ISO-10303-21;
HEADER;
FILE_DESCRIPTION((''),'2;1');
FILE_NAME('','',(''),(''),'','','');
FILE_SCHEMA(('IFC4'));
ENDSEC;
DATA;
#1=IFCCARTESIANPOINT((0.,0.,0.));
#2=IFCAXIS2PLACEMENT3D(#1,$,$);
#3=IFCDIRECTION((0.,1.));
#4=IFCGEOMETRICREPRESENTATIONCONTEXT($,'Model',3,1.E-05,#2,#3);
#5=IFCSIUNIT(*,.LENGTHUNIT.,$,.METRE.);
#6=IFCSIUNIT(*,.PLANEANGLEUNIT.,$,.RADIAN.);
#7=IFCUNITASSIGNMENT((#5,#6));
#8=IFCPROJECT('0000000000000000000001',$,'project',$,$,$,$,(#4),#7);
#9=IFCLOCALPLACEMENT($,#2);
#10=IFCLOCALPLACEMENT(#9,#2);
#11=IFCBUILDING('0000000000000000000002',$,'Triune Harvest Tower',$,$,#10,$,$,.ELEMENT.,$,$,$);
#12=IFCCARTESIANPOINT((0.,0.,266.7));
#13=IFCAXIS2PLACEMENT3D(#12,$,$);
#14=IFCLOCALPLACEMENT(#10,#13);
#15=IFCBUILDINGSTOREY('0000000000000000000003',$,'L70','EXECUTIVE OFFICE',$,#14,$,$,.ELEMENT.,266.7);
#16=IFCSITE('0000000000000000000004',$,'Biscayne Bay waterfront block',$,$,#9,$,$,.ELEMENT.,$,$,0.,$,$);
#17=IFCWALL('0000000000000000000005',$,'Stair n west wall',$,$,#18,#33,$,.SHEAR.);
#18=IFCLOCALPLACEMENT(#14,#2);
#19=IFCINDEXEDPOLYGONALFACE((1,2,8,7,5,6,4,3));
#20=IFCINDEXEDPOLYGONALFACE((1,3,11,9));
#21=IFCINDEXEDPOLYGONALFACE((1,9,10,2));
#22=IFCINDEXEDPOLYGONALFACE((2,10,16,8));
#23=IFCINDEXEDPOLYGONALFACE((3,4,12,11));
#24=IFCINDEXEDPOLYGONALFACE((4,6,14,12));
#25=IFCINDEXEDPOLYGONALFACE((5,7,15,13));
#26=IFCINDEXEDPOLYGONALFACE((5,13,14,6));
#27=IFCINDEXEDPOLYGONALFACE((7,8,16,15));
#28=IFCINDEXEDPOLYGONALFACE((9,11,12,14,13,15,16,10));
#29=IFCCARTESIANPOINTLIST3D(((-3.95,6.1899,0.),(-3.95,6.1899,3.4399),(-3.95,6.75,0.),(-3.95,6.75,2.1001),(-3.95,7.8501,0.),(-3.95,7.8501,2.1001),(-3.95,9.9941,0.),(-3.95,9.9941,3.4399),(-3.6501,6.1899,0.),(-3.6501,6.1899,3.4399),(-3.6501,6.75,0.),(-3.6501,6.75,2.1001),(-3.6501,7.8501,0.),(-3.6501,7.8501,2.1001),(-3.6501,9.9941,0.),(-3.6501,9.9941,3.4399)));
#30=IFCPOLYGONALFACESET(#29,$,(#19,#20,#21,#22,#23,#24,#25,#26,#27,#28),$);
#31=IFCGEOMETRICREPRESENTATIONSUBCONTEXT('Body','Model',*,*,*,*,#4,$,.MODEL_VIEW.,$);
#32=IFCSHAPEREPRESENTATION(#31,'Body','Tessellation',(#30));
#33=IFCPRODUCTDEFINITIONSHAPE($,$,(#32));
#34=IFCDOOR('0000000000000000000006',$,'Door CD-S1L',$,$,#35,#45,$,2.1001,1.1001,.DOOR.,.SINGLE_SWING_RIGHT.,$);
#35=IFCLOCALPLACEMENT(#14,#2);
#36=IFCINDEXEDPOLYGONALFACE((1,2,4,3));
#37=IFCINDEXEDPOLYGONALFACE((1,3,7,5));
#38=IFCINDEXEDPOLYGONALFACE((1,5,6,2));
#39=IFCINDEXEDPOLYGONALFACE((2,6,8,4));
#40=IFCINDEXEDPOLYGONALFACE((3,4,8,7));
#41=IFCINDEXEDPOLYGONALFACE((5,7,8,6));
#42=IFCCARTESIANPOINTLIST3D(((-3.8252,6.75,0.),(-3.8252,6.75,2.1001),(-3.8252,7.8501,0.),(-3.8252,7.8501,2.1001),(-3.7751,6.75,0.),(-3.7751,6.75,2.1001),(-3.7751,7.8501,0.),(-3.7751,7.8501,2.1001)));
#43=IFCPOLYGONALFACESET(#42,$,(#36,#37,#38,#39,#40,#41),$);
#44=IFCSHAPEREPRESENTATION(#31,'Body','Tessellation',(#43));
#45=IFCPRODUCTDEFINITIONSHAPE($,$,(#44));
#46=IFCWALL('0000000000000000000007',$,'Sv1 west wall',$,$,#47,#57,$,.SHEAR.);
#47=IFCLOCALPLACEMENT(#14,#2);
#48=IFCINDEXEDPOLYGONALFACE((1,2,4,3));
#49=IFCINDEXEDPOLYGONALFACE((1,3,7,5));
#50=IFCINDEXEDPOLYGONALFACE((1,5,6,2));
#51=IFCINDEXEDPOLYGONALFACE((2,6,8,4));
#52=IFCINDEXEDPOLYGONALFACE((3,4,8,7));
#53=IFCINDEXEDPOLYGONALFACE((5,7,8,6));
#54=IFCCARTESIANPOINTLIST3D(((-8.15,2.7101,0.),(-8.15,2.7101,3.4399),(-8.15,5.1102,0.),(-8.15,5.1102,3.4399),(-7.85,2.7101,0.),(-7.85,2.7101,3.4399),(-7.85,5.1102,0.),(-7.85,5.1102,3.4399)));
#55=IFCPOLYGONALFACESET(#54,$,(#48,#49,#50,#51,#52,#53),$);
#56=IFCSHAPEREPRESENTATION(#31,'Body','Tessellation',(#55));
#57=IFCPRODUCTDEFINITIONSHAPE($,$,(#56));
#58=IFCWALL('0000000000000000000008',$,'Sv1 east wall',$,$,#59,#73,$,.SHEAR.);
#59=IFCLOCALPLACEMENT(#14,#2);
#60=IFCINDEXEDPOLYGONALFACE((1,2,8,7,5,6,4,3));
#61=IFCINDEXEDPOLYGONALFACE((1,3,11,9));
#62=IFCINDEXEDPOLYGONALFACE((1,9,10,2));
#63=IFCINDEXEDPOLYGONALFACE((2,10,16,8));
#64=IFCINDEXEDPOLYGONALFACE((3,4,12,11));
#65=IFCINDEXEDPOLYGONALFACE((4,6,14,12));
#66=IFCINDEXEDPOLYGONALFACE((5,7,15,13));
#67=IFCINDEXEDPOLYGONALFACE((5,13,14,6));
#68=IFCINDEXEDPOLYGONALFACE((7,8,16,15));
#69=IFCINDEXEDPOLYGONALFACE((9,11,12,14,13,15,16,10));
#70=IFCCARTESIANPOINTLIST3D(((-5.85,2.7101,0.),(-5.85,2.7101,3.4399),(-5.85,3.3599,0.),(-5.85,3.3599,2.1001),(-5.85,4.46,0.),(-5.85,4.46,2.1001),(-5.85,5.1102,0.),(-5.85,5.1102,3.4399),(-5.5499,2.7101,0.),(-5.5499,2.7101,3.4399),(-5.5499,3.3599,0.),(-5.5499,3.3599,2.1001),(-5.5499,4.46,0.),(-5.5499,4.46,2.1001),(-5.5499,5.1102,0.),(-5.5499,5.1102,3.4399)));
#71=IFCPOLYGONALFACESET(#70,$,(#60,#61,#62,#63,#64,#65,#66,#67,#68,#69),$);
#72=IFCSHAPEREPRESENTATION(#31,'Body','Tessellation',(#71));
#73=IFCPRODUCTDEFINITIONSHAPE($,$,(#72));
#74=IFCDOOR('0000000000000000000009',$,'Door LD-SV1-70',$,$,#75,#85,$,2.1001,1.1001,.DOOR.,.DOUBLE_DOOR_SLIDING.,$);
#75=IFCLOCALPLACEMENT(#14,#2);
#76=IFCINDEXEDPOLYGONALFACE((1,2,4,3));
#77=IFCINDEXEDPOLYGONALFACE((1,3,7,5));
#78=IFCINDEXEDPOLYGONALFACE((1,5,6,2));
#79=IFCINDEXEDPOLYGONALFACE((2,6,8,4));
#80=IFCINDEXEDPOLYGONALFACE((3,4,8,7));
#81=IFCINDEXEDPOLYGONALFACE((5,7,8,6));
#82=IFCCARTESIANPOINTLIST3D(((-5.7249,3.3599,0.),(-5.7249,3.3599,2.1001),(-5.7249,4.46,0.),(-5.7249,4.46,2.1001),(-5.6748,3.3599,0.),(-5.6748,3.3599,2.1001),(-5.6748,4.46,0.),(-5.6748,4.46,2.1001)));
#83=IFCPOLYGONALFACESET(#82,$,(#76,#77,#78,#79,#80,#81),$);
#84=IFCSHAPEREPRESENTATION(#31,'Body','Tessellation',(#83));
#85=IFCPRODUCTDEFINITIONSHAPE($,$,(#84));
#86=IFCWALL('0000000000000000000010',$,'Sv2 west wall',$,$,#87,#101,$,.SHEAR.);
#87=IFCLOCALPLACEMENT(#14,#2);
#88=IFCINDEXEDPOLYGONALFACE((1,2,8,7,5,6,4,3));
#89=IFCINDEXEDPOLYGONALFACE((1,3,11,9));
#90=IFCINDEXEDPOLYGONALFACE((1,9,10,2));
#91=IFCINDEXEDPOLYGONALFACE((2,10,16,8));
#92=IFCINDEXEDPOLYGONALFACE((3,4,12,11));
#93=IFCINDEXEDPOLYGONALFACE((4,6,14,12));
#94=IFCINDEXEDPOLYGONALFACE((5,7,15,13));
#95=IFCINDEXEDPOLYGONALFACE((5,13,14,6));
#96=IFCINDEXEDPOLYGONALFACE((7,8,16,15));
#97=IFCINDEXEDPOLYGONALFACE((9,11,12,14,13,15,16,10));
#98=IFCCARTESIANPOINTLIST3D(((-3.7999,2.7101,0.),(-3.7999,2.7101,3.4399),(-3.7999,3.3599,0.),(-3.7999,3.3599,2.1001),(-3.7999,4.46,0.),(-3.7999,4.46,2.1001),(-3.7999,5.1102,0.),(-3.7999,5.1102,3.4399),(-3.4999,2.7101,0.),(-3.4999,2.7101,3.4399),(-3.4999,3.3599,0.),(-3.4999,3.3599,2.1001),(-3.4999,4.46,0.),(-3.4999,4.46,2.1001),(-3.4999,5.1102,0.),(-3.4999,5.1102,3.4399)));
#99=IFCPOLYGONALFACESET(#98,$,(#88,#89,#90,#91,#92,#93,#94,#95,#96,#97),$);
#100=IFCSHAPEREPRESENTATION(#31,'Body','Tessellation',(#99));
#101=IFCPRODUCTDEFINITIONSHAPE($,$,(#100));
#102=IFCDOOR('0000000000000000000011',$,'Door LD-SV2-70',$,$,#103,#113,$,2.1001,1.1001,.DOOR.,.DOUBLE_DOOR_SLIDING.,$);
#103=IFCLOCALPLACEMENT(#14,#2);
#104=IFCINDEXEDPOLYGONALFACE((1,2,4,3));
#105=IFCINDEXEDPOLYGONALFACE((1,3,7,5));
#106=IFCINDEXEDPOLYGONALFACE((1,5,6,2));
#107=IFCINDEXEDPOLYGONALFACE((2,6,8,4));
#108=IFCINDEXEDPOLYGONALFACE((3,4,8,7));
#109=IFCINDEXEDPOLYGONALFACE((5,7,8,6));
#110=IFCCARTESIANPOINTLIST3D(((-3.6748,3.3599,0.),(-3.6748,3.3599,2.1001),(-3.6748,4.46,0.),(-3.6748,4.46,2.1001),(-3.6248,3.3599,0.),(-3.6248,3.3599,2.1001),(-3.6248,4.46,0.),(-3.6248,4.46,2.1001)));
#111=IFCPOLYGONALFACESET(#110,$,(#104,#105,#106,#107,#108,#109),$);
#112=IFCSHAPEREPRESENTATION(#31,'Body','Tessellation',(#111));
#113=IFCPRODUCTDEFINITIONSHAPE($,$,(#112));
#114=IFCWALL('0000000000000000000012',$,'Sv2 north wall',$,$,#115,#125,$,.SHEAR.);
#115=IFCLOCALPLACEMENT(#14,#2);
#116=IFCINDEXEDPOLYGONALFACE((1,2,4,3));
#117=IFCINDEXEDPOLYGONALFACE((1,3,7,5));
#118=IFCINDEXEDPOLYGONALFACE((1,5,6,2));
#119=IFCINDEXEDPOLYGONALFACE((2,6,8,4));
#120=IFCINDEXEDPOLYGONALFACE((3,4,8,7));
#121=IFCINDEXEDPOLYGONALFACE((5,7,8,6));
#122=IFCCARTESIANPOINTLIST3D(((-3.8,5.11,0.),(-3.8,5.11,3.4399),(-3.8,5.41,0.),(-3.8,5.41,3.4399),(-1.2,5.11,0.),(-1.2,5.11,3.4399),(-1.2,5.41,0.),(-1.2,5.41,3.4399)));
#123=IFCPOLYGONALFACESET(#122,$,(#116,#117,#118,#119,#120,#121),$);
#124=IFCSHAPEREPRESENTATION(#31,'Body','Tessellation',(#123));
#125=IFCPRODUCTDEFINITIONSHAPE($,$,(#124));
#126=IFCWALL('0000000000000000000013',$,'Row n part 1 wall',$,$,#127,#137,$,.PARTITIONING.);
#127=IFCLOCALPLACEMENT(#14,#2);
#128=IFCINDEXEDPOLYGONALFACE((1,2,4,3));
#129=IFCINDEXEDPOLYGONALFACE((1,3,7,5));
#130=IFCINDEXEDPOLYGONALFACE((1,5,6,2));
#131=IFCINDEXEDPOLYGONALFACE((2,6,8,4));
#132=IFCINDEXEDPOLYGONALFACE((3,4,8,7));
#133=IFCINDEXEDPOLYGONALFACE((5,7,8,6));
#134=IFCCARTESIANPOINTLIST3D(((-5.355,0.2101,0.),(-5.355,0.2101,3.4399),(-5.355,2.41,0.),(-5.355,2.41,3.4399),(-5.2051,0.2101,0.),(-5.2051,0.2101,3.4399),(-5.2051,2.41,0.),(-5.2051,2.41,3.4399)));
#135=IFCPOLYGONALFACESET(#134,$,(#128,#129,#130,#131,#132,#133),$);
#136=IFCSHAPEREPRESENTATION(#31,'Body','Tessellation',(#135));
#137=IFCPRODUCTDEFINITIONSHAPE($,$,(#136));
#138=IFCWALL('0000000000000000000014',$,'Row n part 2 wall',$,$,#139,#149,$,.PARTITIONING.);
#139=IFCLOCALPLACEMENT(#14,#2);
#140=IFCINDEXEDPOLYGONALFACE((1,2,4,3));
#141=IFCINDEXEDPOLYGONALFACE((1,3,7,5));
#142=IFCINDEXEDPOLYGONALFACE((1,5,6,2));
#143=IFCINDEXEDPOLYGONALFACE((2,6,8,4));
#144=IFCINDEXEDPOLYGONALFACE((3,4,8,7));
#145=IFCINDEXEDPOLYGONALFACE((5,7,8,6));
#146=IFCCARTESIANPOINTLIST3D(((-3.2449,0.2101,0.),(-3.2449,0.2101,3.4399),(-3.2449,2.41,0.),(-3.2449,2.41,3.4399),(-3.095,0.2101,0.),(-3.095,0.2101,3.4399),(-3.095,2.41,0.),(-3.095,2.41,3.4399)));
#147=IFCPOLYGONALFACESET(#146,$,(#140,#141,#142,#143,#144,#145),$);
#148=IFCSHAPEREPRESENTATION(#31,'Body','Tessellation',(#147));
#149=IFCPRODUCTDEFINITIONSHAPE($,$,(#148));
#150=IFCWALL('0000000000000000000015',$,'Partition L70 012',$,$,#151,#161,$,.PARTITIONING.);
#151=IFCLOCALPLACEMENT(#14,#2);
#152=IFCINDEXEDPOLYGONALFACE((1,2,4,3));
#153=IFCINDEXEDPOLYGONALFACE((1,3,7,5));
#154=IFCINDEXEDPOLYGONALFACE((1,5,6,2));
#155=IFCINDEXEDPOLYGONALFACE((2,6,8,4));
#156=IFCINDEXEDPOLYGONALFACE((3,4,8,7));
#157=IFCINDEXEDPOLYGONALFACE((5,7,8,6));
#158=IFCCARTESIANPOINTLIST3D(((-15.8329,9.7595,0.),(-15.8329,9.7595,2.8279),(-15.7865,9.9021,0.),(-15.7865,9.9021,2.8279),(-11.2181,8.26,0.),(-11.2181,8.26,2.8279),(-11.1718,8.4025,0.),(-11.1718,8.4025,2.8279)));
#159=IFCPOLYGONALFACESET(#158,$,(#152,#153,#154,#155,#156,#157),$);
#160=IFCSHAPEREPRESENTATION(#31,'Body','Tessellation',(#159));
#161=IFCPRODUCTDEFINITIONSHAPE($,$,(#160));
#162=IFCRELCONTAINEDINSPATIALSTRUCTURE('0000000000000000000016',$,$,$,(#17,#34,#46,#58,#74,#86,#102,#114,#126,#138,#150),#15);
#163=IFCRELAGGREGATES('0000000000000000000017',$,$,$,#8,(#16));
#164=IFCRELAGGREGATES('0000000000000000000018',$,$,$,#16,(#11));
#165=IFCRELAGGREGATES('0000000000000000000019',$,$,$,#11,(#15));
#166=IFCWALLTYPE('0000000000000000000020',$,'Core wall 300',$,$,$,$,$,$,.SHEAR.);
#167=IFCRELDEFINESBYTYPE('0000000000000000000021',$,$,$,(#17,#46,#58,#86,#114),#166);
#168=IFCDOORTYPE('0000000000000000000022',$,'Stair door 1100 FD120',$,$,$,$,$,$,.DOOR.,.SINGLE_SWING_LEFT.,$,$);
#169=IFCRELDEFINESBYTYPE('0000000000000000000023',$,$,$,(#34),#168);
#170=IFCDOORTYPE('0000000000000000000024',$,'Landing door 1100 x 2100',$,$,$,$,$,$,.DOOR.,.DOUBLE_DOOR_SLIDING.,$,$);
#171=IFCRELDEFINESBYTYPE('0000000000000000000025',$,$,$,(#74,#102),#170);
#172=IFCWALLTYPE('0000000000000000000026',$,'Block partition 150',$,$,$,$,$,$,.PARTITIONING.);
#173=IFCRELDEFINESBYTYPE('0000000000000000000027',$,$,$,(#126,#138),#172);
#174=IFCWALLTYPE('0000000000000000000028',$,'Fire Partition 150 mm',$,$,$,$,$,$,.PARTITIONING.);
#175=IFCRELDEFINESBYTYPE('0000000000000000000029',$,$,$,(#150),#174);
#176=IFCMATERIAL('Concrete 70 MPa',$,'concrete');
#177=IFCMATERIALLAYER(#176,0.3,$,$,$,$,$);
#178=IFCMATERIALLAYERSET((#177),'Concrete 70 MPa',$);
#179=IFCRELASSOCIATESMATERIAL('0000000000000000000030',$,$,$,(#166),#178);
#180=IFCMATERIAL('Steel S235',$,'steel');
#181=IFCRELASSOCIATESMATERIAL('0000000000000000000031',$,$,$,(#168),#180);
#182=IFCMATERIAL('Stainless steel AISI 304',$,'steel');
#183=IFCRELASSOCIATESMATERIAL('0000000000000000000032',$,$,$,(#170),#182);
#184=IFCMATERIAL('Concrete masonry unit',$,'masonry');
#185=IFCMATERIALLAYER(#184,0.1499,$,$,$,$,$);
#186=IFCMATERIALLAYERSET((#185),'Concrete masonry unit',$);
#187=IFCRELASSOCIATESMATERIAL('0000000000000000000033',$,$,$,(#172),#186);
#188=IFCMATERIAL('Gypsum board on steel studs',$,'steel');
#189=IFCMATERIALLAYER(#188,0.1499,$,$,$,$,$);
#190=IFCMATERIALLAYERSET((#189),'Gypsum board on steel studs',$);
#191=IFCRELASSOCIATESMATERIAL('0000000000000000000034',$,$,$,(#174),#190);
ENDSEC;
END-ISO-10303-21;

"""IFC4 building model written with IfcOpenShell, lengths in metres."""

from ifc_helpers import new_model, si_unit, direction, frame, frame_2d, origin, place, context, subcontext, project, spatial, polyline, rectangle, outline, extrude, source, transform, mapped, material, layer, layer_set, type_object, element, fill, save


model = new_model("IFC4")

# Units and contexts
model_context = context("Model", 3, precision=1e-05, world=origin(), true_north=direction((0.0, 1.0)))
body_context = subcontext(model_context, "Body", "Model", "MODEL_VIEW")
ifc_project = project(units=[si_unit("LENGTHUNIT", "METRE"), si_unit("PLANEANGLEUNIT", "RADIAN")], contexts=[model_context])

# Site, building, storey
site_placement = place(None, origin())
site = spatial("IfcSite", under=ifc_project, at=site_placement, Name="Biscayne Bay waterfront block", CompositionType="ELEMENT", RefElevation=0.0)
building_placement = place(site_placement, origin())
building = spatial("IfcBuilding", under=site, at=building_placement, Name="Triune Harvest Tower", CompositionType="ELEMENT")
storey_placement = place(building_placement, frame((0.0, 0.0, 266.7)))
storey = spatial("IfcBuildingStorey", under=building, at=storey_placement, Name="L70", Description="EXECUTIVE OFFICE", CompositionType="ELEMENT", Elevation=266.7)

# Shared definitions
ifc_material_1 = material(Name="Concrete 70 MPa", Category="concrete")
ifc_layer_1 = layer(ifc_material_1, 0.3)
ifc_layer_set_1 = layer_set([ifc_layer_1], Name="Concrete 70 MPa")
wall_type_1 = type_object("IfcWallType", Name="Core wall 300", PredefinedType="SHEAR", material=ifc_layer_set_1)

# Wall, opening, door
shared_shape_1 = source(origin(), body_context, "Body", "SweptSolid", [
    extrude(outline(polyline([(0.0, -0.1499), (0.0, 0.1499), (3.8042, 0.1499), (3.8042, -0.1499), (0.0, -0.1499)])), origin(), (0.0, 0.0, 1.0), 3.4399),
])
wall_1_placement = place(storey_placement, frame((-3.8, 6.1899, 0.0), z_axis=(0.0, 0.0, 1.0), x_axis=(0.0, 1.0, 0.0)))
wall_1 = element("IfcWall", 1, at=wall_1_placement, inside=storey, type_object=wall_type_1, Name="Stair n west wall", PredefinedType="SHEAR", context=body_context, shape_type="MappedRepresentation", body=[
    mapped(shared_shape_1, transform((0.0, 0.0, 0.0), scale=1.0)),
])
opening_1_placement = place(wall_1_placement, frame((0.5601, 0.0, 0.0)))
opening_1 = element("IfcOpeningElement", 2, at=opening_1_placement, cuts=wall_1, PredefinedType="OPENING", context=body_context, shape_type="SweptSolid", body=[
    extrude(rectangle(XDim=1.1001, YDim=2.1001, at=frame_2d((0.55, 1.05))), frame((0.0, 0.1602, 0.0), z_axis=(0.0, -1.0, 0.0), x_axis=(1.0, 0.0, 0.0)), (0.0, 0.0, 1.0), 0.3201),
])
ifc_material_2 = material(Name="Steel S235", Category="steel")
door_type_1 = type_object("IfcDoorType", Name="Stair door 1100 FD120", OperationType="SINGLE_SWING_LEFT", PredefinedType="DOOR", material=ifc_material_2)
door_1_placement = place(opening_1_placement, frame((1.1001, 0.0, 0.0), z_axis=(0.0, 0.0, 1.0), x_axis=(-1.0, 0.0, 0.0)))
door_1 = element("IfcDoor", 3, at=door_1_placement, inside=storey, type_object=door_type_1, Name="Door CD-S1L", OperationType="SINGLE_SWING_RIGHT", OverallHeight=2.1001, OverallWidth=1.1001, PredefinedType="DOOR", context=body_context, shape_type="SweptSolid", body=[
    extrude(rectangle(XDim=1.1001, YDim=2.1001, at=frame_2d((0.55, 1.05))), frame((0.0, 0.0249, 0.0), z_axis=(0.0, -1.0, 0.0), x_axis=(1.0, 0.0, 0.0)), (0.0, 0.0, 1.0), 0.05),
])
fill(opening_1, door_1)

# Wall
shared_shape_2 = source(origin(), body_context, "Body", "SweptSolid", [
    extrude(rectangle(XDim=2.4001, YDim=0.3, at=frame_2d((1.2002, 0.0))), origin(), (0.0, 0.0, 1.0), 3.4399),
])
wall_2_placement = place(storey_placement, frame((-8.0, 2.71, 0.0), z_axis=(0.0, 0.0, 1.0), x_axis=(0.0, 1.0, 0.0)))
element("IfcWall", 4, at=wall_2_placement, inside=storey, type_object=wall_type_1, Name="Sv1 west wall", PredefinedType="SHEAR", context=body_context, shape_type="MappedRepresentation", body=[
    mapped(shared_shape_2, transform((0.0, 0.0, 0.0), scale=1.0)),
])

# Walls, openings, doors
wall_3_placement = place(storey_placement, frame((-5.7, 2.71, 0.0), z_axis=(0.0, 0.0, 1.0), x_axis=(0.0, 1.0, 0.0)))
wall_3 = element("IfcWall", 5, at=wall_3_placement, inside=storey, type_object=wall_type_1, Name="Sv1 east wall", PredefinedType="SHEAR", context=body_context, shape_type="MappedRepresentation", body=[
    mapped(shared_shape_2, transform((0.0, 0.0, 0.0), scale=1.0)),
])
opening_2_placement = place(wall_3_placement, frame((0.6499, 0.0, 0.0)))
opening_2 = element("IfcOpeningElement", 6, at=opening_2_placement, cuts=wall_3, PredefinedType="OPENING", context=body_context, shape_type="SweptSolid", body=[
    extrude(rectangle(XDim=1.1001, YDim=2.1001, at=frame_2d((0.55, 1.05))), frame((0.0, 0.1602, 0.0), z_axis=(0.0, -1.0, 0.0), x_axis=(1.0, 0.0, 0.0)), (0.0, 0.0, 1.0), 0.3201),
])
ifc_material_3 = material(Name="Stainless steel AISI 304", Category="steel")
door_type_2 = type_object("IfcDoorType", Name="Landing door 1100 x 2100", OperationType="DOUBLE_DOOR_SLIDING", PredefinedType="DOOR", material=ifc_material_3)
door_2_placement = place(opening_2_placement, origin())
door_2 = element("IfcDoor", 7, at=door_2_placement, inside=storey, type_object=door_type_2, Name="Door LD-SV1-70", OperationType="DOUBLE_DOOR_SLIDING", OverallHeight=2.1001, OverallWidth=1.1001, PredefinedType="DOOR", context=body_context, shape_type="SweptSolid", body=[
    extrude(rectangle(XDim=1.1001, YDim=2.1001, at=frame_2d((0.55, 1.05))), frame((0.0, 0.0249, 0.0), z_axis=(0.0, -1.0, 0.0), x_axis=(1.0, 0.0, 0.0)), (0.0, 0.0, 1.0), 0.05),
])
fill(opening_2, door_2)
wall_4_placement = place(storey_placement, frame((-3.6499, 2.71, 0.0), z_axis=(0.0, 0.0, 1.0), x_axis=(0.0, 1.0, 0.0)))
wall_4 = element("IfcWall", 8, at=wall_4_placement, inside=storey, type_object=wall_type_1, Name="Sv2 west wall", PredefinedType="SHEAR", context=body_context, shape_type="MappedRepresentation", body=[
    mapped(shared_shape_2, transform((0.0, 0.0, 0.0), scale=1.0)),
])
opening_3_placement = place(wall_4_placement, frame((0.6499, 0.0, 0.0)))
opening_3 = element("IfcOpeningElement", 9, at=opening_3_placement, cuts=wall_4, PredefinedType="OPENING", context=body_context, shape_type="SweptSolid", body=[
    extrude(rectangle(XDim=1.1001, YDim=2.1001, at=frame_2d((0.55, 1.05))), frame((0.0, 0.1602, 0.0), z_axis=(0.0, -1.0, 0.0), x_axis=(1.0, 0.0, 0.0)), (0.0, 0.0, 1.0), 0.3201),
])
door_3_placement = place(opening_3_placement, origin())
door_3 = element("IfcDoor", 10, at=door_3_placement, inside=storey, type_object=door_type_2, Name="Door LD-SV2-70", OperationType="DOUBLE_DOOR_SLIDING", OverallHeight=2.1001, OverallWidth=1.1001, PredefinedType="DOOR", context=body_context, shape_type="SweptSolid", body=[
    extrude(rectangle(XDim=1.1001, YDim=2.1001, at=frame_2d((0.55, 1.05))), frame((0.0, 0.0249, 0.0), z_axis=(0.0, -1.0, 0.0), x_axis=(1.0, 0.0, 0.0)), (0.0, 0.0, 1.0), 0.05),
])
fill(opening_3, door_3)

# Walls
shared_shape_3 = source(origin(), body_context, "Body", "SweptSolid", [
    extrude(rectangle(XDim=2.6001, YDim=0.3, at=frame_2d((1.3, 0.0))), origin(), (0.0, 0.0, 1.0), 3.4399),
])
wall_5_placement = place(storey_placement, frame((-3.8, 5.26, 0.0), z_axis=(0.0, 0.0, 1.0), x_axis=(1.0, 0.0, 0.0)))
element("IfcWall", 11, at=wall_5_placement, inside=storey, type_object=wall_type_1, Name="Sv2 north wall", PredefinedType="SHEAR", context=body_context, shape_type="MappedRepresentation", body=[
    mapped(shared_shape_3, transform((0.0, 0.0, 0.0), scale=1.0)),
])
ifc_material_4 = material(Name="Concrete masonry unit", Category="masonry")
ifc_layer_2 = layer(ifc_material_4, 0.1499)
ifc_layer_set_2 = layer_set([ifc_layer_2], Name="Concrete masonry unit")
wall_type_2 = type_object("IfcWallType", Name="Block partition 150", PredefinedType="PARTITIONING", material=ifc_layer_set_2)
shared_shape_4 = source(origin(), body_context, "Body", "SweptSolid", [
    extrude(rectangle(XDim=2.2, YDim=0.1499, at=frame_2d((1.1001, 0.0))), origin(), (0.0, 0.0, 1.0), 3.4399),
])
for number, where, z_axis, x_axis, name in (
    (12, (-5.28, 0.21, 0.0), (0.0, 0.0, 1.0), (0.0, 1.0, 0.0), "Row n part 1 wall"),
    (13, (-3.1699, 0.21, 0.0), (0.0, 0.0, 1.0), (0.0, 1.0, 0.0), "Row n part 2 wall"),
):
    element("IfcWall", number, at=place(storey_placement, frame(where, z_axis=z_axis, x_axis=x_axis)), inside=storey, type_object=wall_type_2, Name=name, PredefinedType="PARTITIONING", context=body_context, shape_type="MappedRepresentation", body=[
        mapped(shared_shape_4, transform((0.0, 0.0, 0.0), scale=1.0)),
    ])
ifc_material_5 = material(Name="Gypsum board on steel studs", Category="steel")
ifc_layer_3 = layer(ifc_material_5, 0.1499)
ifc_layer_set_3 = layer_set([ifc_layer_3], Name="Gypsum board on steel studs")
wall_type_3 = type_object("IfcWallType", Name="Fire Partition 150 mm", PredefinedType="PARTITIONING", material=ifc_layer_set_3)
shared_shape_5 = source(origin(), body_context, "Body", "SweptSolid", [
    extrude(rectangle(XDim=4.8523, YDim=0.1499, at=frame_2d((2.4263, 0.0))), origin(), (0.0, 0.0, 1.0), 2.8279),
])
wall_6_placement = place(storey_placement, frame((-15.8098, 9.8308, 0.0), z_axis=(0.0, 0.0, 1.0), x_axis=(0.951051, -0.309034, 0.0)))
element("IfcWall", 14, at=wall_6_placement, inside=storey, type_object=wall_type_3, Name="Partition L70 012", PredefinedType="PARTITIONING", context=body_context, shape_type="MappedRepresentation", body=[
    mapped(shared_shape_5, transform((0.0, 0.0, 0.0), scale=1.0)),
])

save(model, "model.ifc")
